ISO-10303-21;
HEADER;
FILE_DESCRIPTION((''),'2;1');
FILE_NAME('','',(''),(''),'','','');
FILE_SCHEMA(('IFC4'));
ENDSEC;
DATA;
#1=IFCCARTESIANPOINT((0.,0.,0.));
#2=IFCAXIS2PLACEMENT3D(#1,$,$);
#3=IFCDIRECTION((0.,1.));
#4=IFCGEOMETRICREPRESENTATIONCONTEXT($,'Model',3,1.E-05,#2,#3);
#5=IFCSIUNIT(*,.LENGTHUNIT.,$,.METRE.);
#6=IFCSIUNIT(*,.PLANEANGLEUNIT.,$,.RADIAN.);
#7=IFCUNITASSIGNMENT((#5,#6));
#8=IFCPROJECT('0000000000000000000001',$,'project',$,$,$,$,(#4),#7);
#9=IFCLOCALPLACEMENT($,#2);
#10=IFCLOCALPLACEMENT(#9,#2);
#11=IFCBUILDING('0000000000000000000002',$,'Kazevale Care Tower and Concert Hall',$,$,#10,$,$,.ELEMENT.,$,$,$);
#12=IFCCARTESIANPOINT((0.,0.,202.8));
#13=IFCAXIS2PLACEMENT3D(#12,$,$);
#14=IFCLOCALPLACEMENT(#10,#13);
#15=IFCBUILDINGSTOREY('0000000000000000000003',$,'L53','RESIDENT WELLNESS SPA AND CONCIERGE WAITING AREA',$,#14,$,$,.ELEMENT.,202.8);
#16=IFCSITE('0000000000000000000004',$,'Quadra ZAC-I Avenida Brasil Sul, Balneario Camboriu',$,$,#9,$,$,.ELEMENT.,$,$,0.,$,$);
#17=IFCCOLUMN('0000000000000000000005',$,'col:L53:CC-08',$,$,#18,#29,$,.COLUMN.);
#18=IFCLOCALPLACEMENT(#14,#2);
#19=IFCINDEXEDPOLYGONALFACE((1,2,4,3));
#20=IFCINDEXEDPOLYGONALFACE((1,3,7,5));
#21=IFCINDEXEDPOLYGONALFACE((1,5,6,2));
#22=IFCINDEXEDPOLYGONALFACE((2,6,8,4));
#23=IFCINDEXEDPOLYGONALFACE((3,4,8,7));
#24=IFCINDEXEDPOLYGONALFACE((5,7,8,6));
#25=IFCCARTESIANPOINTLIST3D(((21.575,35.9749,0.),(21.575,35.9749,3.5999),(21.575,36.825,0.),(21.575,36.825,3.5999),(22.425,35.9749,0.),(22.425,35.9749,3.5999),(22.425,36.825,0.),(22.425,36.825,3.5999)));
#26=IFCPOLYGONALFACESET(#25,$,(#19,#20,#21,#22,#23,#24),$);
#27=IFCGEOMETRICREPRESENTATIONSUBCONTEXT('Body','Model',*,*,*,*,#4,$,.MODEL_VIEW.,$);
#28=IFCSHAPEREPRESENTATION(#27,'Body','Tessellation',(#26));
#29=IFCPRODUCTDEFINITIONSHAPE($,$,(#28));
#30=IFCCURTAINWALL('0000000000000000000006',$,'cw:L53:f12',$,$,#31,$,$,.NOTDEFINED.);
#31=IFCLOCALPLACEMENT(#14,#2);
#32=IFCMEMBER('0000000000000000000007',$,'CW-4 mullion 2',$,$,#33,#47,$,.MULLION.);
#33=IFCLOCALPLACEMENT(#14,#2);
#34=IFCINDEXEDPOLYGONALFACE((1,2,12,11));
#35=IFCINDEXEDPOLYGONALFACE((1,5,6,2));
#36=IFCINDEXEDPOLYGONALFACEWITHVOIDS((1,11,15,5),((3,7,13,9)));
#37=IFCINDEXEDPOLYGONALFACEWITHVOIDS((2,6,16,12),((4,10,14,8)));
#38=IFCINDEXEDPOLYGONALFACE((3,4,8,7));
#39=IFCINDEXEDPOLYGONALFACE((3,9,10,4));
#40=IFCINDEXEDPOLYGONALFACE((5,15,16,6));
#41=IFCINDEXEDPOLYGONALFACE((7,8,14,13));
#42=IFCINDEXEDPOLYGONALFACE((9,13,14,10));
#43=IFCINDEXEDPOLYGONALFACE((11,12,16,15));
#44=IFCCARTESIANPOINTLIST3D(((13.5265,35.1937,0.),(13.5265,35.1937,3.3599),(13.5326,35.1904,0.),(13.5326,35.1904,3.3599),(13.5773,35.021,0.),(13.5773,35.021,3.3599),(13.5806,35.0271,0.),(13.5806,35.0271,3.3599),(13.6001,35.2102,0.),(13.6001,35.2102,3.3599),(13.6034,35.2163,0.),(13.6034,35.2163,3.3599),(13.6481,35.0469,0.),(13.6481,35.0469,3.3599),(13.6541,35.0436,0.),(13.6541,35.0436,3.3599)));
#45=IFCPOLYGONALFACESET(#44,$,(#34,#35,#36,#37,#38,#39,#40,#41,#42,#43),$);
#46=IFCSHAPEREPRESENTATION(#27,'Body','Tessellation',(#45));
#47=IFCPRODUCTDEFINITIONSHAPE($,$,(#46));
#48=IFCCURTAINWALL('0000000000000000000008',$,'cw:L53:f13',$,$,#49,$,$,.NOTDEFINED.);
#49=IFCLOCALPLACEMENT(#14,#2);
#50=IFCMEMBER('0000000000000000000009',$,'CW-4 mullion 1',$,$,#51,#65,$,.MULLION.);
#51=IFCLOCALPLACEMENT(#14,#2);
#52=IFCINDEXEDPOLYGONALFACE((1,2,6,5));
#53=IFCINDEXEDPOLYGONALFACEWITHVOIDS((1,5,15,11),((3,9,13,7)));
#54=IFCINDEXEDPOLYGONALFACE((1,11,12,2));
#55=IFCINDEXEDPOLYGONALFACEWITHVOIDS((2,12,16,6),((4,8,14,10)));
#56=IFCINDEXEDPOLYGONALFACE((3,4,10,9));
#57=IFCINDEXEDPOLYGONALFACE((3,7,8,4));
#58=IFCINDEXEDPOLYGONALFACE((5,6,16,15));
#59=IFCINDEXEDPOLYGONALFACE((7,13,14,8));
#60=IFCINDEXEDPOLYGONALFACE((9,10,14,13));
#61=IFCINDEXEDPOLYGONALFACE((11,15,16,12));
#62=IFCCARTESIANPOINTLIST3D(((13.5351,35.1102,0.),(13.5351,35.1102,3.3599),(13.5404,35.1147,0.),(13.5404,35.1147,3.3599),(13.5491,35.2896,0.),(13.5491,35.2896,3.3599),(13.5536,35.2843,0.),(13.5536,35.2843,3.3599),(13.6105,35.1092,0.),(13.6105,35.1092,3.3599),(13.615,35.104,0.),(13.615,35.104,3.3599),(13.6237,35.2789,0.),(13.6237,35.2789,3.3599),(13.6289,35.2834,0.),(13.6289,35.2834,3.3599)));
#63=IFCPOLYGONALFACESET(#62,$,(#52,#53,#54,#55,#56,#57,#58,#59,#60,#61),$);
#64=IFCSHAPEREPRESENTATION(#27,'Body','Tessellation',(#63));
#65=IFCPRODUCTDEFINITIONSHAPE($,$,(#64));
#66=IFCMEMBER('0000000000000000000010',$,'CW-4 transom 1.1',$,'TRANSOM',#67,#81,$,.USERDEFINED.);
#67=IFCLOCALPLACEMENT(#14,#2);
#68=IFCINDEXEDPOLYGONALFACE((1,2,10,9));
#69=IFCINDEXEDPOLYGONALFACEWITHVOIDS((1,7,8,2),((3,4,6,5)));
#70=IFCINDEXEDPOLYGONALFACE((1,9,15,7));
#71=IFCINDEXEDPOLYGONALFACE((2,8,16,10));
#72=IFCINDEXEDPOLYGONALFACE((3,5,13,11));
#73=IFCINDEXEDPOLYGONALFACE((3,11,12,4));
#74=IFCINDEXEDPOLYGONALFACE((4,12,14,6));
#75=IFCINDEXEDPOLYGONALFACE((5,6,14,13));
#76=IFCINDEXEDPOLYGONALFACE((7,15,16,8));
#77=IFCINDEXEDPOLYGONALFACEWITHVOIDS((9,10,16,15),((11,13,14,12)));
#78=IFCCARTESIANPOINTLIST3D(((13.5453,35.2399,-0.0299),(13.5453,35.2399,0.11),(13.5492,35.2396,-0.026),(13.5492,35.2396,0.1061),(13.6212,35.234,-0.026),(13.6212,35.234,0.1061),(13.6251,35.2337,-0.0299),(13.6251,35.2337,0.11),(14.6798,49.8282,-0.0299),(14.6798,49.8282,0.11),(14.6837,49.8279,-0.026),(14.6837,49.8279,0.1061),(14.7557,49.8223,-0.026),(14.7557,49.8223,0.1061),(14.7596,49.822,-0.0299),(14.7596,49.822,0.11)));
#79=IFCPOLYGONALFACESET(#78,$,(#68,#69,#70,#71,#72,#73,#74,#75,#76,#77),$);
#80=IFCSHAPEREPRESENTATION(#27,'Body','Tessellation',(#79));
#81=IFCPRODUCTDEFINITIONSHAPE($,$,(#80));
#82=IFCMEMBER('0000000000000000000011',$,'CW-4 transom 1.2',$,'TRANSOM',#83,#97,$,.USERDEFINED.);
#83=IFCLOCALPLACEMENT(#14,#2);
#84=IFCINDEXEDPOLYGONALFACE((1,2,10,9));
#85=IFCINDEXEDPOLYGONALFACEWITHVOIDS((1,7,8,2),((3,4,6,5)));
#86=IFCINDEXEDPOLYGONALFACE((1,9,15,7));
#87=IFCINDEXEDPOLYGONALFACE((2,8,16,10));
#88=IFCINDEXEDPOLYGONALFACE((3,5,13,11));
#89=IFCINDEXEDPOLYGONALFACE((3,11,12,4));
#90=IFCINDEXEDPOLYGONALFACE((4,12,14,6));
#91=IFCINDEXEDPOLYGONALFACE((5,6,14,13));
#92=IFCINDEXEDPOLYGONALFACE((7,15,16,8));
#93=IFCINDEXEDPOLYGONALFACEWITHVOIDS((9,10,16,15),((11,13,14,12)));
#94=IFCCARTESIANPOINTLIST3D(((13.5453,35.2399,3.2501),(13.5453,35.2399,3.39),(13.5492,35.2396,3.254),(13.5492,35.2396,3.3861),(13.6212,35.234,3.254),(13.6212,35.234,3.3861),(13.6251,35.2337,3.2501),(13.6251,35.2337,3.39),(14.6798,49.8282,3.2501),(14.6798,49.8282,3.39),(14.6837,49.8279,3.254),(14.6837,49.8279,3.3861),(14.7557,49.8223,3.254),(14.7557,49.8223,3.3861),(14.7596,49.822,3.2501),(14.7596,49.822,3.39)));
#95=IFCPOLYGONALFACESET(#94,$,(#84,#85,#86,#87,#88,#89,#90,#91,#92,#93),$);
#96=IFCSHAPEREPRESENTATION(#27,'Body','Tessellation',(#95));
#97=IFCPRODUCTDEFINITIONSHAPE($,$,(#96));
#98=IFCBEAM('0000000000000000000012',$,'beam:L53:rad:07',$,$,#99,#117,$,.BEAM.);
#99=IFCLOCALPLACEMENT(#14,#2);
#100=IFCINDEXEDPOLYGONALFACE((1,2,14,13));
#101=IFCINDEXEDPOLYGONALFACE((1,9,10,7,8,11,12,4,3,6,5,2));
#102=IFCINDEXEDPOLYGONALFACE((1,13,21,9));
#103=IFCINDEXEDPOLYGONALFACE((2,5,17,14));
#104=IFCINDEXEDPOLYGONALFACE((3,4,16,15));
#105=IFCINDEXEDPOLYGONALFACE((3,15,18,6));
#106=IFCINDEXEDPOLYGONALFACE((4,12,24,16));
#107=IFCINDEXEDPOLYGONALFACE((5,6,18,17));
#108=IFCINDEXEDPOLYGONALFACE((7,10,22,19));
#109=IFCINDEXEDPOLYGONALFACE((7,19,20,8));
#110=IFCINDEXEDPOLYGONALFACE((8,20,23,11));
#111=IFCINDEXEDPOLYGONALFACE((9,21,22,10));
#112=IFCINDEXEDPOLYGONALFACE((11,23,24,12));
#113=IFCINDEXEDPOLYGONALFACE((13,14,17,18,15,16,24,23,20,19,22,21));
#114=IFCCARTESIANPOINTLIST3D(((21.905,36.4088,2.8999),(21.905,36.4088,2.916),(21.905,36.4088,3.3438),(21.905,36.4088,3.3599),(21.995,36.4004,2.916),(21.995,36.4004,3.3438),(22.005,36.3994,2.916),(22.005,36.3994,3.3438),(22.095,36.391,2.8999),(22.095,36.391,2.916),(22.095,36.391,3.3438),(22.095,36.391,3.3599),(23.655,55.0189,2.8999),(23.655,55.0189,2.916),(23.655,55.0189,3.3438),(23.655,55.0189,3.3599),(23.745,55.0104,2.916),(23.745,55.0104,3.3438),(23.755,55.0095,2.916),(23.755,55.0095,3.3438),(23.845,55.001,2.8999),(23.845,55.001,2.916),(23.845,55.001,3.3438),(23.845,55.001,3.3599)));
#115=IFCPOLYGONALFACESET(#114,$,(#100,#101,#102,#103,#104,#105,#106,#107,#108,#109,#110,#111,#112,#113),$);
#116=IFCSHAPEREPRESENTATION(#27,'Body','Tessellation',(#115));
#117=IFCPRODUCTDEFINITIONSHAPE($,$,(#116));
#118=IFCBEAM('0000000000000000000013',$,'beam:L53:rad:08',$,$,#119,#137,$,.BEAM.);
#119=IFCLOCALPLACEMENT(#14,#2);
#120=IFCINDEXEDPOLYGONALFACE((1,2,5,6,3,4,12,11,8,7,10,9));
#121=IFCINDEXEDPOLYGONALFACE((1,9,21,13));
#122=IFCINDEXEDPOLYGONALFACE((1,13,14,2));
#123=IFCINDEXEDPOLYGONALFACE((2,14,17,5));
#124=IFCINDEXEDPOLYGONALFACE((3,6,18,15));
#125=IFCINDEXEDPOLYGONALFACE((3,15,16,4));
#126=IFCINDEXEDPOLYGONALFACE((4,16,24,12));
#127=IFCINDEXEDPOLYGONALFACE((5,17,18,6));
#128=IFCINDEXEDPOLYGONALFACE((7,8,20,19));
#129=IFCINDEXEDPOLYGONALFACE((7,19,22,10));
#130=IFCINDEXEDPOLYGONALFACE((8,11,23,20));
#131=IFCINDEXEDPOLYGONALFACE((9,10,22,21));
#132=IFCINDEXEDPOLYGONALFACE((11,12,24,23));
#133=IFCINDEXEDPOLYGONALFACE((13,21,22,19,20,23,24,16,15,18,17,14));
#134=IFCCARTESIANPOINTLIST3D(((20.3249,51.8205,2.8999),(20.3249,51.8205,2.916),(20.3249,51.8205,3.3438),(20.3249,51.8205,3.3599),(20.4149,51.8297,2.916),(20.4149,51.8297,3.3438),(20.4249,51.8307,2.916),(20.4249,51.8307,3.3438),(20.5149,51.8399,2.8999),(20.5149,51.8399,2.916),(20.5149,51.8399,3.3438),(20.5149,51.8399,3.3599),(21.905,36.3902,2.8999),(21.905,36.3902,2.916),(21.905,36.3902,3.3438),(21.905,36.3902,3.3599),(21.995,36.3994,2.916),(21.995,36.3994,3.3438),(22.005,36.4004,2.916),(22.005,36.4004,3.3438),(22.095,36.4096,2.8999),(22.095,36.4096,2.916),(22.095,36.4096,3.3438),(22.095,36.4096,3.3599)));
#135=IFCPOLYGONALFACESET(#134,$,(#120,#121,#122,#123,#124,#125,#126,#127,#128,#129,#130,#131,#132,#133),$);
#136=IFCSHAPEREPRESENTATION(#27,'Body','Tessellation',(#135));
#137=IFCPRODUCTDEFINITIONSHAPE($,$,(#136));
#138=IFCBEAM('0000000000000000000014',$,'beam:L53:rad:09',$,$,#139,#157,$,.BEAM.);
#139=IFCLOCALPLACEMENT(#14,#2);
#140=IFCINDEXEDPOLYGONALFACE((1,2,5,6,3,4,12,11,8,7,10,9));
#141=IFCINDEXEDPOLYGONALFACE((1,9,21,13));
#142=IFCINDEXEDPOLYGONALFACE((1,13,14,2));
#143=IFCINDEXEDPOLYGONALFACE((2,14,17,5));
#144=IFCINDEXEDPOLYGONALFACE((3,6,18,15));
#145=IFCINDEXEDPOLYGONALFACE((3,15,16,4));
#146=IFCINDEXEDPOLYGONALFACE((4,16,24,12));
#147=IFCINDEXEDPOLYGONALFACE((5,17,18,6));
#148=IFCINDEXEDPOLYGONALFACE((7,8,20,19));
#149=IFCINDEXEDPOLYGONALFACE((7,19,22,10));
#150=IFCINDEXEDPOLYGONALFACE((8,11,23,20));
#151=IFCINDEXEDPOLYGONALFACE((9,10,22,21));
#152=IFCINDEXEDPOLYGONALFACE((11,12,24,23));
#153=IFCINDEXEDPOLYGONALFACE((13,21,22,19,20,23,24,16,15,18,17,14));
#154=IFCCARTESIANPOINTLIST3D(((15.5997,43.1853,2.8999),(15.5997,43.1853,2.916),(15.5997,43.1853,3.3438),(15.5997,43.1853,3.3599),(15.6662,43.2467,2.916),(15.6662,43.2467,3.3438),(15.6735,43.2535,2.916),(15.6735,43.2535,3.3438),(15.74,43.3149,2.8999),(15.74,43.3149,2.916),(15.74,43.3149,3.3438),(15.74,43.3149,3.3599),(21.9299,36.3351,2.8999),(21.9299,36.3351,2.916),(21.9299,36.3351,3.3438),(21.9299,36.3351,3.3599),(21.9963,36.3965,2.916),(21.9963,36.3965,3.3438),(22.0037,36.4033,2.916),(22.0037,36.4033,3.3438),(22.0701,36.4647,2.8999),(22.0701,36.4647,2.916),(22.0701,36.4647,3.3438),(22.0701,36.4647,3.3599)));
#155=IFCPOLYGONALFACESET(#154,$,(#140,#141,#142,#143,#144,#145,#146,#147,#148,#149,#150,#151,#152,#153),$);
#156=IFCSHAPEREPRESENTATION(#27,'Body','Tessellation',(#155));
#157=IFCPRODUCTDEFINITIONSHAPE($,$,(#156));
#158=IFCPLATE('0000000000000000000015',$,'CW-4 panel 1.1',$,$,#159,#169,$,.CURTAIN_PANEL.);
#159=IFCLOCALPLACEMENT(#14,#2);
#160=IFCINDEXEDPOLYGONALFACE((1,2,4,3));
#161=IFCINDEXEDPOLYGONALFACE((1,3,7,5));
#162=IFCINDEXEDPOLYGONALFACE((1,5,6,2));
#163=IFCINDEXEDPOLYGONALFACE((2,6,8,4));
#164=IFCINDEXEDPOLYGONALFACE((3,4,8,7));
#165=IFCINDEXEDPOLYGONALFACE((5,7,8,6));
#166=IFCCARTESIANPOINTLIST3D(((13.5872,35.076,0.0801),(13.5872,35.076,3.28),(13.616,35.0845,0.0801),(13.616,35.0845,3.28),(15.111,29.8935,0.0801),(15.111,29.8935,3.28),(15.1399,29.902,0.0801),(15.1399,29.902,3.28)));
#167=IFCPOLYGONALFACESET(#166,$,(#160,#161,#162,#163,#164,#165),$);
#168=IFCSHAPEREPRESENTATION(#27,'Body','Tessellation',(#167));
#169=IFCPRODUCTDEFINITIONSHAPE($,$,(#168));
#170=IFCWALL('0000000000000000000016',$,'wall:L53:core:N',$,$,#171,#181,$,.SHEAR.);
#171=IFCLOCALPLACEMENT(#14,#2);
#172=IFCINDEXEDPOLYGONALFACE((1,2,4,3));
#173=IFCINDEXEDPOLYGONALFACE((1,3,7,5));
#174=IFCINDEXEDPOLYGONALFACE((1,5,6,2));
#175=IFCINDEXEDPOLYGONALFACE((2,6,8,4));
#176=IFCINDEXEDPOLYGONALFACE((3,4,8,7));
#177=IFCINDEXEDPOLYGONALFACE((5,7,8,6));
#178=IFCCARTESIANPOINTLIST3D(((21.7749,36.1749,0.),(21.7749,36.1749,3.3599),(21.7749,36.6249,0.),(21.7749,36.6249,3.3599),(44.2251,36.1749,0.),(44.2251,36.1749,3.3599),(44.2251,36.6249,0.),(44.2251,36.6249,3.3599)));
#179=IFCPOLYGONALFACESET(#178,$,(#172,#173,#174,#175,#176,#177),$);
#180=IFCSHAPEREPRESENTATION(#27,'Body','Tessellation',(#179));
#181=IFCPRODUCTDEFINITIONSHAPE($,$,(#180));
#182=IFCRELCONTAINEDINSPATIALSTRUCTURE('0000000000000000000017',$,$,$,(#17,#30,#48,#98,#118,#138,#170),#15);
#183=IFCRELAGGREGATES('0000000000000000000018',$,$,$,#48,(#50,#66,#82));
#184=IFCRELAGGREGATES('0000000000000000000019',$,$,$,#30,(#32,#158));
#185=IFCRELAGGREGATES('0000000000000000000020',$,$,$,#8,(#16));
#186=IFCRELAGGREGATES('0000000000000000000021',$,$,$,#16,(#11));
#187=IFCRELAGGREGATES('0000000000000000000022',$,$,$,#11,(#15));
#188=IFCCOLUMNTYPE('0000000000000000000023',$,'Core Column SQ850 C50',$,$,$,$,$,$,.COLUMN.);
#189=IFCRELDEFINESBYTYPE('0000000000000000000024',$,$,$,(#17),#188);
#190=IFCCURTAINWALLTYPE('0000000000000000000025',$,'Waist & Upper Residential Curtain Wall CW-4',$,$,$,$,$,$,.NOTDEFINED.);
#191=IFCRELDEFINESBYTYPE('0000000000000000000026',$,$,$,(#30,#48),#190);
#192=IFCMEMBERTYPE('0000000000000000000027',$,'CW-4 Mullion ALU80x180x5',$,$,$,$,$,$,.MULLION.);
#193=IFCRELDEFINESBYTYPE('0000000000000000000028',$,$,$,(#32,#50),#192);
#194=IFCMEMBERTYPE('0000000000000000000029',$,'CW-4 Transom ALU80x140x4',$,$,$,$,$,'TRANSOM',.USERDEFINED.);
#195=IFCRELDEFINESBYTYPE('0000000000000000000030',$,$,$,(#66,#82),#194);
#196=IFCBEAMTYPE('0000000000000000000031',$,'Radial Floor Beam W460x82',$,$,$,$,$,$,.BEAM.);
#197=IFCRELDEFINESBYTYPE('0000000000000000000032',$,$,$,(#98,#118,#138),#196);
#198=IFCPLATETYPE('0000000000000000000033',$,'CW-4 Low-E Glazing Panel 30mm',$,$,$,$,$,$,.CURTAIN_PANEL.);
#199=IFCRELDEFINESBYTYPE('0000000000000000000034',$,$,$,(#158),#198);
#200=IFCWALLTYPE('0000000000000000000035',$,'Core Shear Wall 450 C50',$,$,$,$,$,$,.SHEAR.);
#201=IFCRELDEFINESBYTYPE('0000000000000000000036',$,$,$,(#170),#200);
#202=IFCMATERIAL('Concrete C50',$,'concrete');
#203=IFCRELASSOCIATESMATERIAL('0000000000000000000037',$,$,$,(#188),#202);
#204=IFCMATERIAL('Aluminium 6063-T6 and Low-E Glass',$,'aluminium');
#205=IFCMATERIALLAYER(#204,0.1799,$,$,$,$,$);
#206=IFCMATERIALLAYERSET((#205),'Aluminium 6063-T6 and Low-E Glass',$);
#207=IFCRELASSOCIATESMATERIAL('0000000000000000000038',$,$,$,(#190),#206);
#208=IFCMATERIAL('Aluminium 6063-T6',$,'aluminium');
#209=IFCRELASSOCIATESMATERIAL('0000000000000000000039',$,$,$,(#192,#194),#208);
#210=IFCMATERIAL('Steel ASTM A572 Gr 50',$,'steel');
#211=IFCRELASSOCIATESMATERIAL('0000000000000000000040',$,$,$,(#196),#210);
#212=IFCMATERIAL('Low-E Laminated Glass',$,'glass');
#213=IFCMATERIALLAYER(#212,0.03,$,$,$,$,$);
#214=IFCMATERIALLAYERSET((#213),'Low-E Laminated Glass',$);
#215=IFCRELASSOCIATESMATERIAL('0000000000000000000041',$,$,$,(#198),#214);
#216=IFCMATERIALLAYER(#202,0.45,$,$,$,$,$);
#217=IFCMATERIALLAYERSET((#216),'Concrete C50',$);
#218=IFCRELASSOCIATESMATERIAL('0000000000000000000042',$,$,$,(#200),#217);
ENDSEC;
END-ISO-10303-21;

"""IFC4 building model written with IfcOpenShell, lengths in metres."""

from ifc_helpers import new_model, si_unit, direction, frame, frame_2d, origin, origin_2d, place, context, subcontext, project, spatial, rectangle, hollow_rectangle, i_section, extrude, material, layer, layer_set, material_profile, profile_set, type_object, element, aggregate, save


model = new_model("IFC4")

# Units and contexts
model_context = context("Model", 3, precision=1e-05, world=origin(), true_north=direction((0.0, 1.0)))
body_context = subcontext(model_context, "Body", "Model", "MODEL_VIEW")
ifc_project = project(units=[si_unit("LENGTHUNIT", "METRE"), si_unit("PLANEANGLEUNIT", "RADIAN")], contexts=[model_context])

# Site, building, storey
site_placement = place(None, origin())
site = spatial("IfcSite", under=ifc_project, at=site_placement, Name="Quadra ZAC-I Avenida Brasil Sul, Balneario Camboriu", CompositionType="ELEMENT", RefElevation=0.0)
building_placement = place(site_placement, origin())
building = spatial("IfcBuilding", under=site, at=building_placement, Name="Kazevale Care Tower and Concert Hall", CompositionType="ELEMENT")
storey_placement = place(building_placement, frame((0.0, 0.0, 202.8)))
storey = spatial("IfcBuildingStorey", under=building, at=storey_placement, Name="L53", Description="RESIDENT WELLNESS SPA AND CONCIERGE WAITING AREA", CompositionType="ELEMENT", Elevation=202.8)

# Column
ifc_material_1 = material(Name="Concrete C50", Category="concrete")
ifc_material_profile_1 = material_profile(ifc_material_1, rectangle(XDim=0.8501, YDim=0.8501, at=origin_2d()), Name="RC-SQ850")
ifc_profile_set_1 = profile_set([ifc_material_profile_1], Name="Concrete C50")
column_type = type_object("IfcColumnType", Name="Core Column SQ850 C50", PredefinedType="COLUMN", material=ifc_profile_set_1)
column_placement = place(storey_placement, frame((22.0, 36.3999, 0.0), z_axis=(0.0, 0.0, 1.0), x_axis=(1.0, 0.0, 0.0)))
element("IfcColumn", 1, at=column_placement, inside=storey, type_object=column_type, Name="col:L53:CC-08", PredefinedType="COLUMN", context=body_context, shape_type="SweptSolid", body=[
    extrude(rectangle(XDim=0.8501, YDim=0.8501, at=origin_2d()), origin(), (0.0, 0.0, 1.0), 3.5999),
])

# Curtain wall, member
ifc_material_2 = material(Name="Aluminium 6063-T6 and Low-E Glass", Category="aluminium")
ifc_layer_1 = layer(ifc_material_2, 0.1799)
ifc_layer_set_1 = layer_set([ifc_layer_1], Name="Aluminium 6063-T6 and Low-E Glass")
curtain_wall_type = type_object("IfcCurtainWallType", Name="Waist & Upper Residential Curtain Wall CW-4", PredefinedType="NOTDEFINED", material=ifc_layer_set_1)
curtain_wall_1_placement = place(storey_placement, origin())
curtain_wall_1 = element("IfcCurtainWall", 2, at=curtain_wall_1_placement, inside=storey, type_object=curtain_wall_type, Name="cw:L53:f12", PredefinedType="NOTDEFINED")
ifc_material_3 = material(Name="Aluminium 6063-T6", Category="aluminium")
ifc_material_profile_2 = material_profile(ifc_material_3, hollow_rectangle(XDim=0.0801, YDim=0.1799, WallThickness=0.0049, at=origin_2d()), Name="ALU80x180x5")
ifc_profile_set_2 = profile_set([ifc_material_profile_2], Name="Aluminium 6063-T6")
member_type_1 = type_object("IfcMemberType", Name="CW-4 Mullion ALU80x180x5", PredefinedType="MULLION", material=ifc_profile_set_2)
member_1_placement = place(storey_placement, frame((13.5903, 35.1187, 0.0), z_axis=(0.0, 0.0, 1.0), x_axis=(-0.959386, -0.282098, 0.0)))
member_1 = element("IfcMember", 3, at=member_1_placement, type_object=member_type_1, Name="CW-4 mullion 2", PredefinedType="MULLION", context=body_context, shape_type="SweptSolid", body=[
    extrude(hollow_rectangle(XDim=0.0801, YDim=0.1799, WallThickness=0.0049, at=origin_2d()), origin(), (0.0, 0.0, 1.0), 3.3599),
])

# Curtain wall, members
curtain_wall_2_placement = place(storey_placement, origin())
curtain_wall_2 = element("IfcCurtainWall", 4, at=curtain_wall_2_placement, inside=storey, type_object=curtain_wall_type, Name="cw:L53:f13", PredefinedType="NOTDEFINED")
member_2_placement = place(storey_placement, frame((13.582, 35.1968, 0.0), z_axis=(0.0, 0.0, 1.0), x_axis=(-0.996989, 0.077539, 0.0)))
member_2 = element("IfcMember", 5, at=member_2_placement, type_object=member_type_1, Name="CW-4 mullion 1", PredefinedType="MULLION", context=body_context, shape_type="SweptSolid", body=[
    extrude(hollow_rectangle(XDim=0.0801, YDim=0.1799, WallThickness=0.0049, at=origin_2d()), origin(), (0.0, 0.0, 1.0), 3.3599),
])
ifc_material_profile_3 = material_profile(ifc_material_3, hollow_rectangle(XDim=0.0801, YDim=0.1399, WallThickness=0.0039, at=origin_2d()), Name="ALU80x140x4")
ifc_profile_set_3 = profile_set([ifc_material_profile_3], Name="Aluminium 6063-T6")
member_type_2 = type_object("IfcMemberType", Name="CW-4 Transom ALU80x140x4", ElementType="TRANSOM", PredefinedType="USERDEFINED", material=ifc_profile_set_3)
member_3_placement = place(storey_placement, frame((13.5852, 35.2368, 0.04), z_axis=(0.077535, 0.99699, 0.0), x_axis=(-0.99699, 0.077535, 0.0)))
member_3 = element("IfcMember", 6, at=member_3_placement, type_object=member_type_2, Name="CW-4 transom 1.1", ObjectType="TRANSOM", PredefinedType="USERDEFINED", context=body_context, shape_type="SweptSolid", body=[
    extrude(hollow_rectangle(XDim=0.0801, YDim=0.1399, WallThickness=0.0039, at=origin_2d()), origin(), (0.0, 0.0, 1.0), 14.6323),
])
member_4_placement = place(storey_placement, frame((13.5852, 35.2368, 3.3201), z_axis=(0.077535, 0.99699, 0.0), x_axis=(-0.99699, 0.077535, 0.0)))
member_4 = element("IfcMember", 7, at=member_4_placement, type_object=member_type_2, Name="CW-4 transom 1.2", ObjectType="TRANSOM", PredefinedType="USERDEFINED", context=body_context, shape_type="SweptSolid", body=[
    extrude(hollow_rectangle(XDim=0.0801, YDim=0.1399, WallThickness=0.0039, at=origin_2d()), origin(), (0.0, 0.0, 1.0), 14.6323),
])
aggregate(curtain_wall_2, [member_2, member_3, member_4])

# Beams
ifc_material_4 = material(Name="Steel ASTM A572 Gr 50", Category="steel")
ifc_material_profile_4 = material_profile(ifc_material_4, i_section(OverallWidth=0.1909, OverallDepth=0.46, WebThickness=0.01, FlangeThickness=0.0161, at=origin_2d()), Name="W460x82")
ifc_profile_set_4 = profile_set([ifc_material_profile_4], Name="Steel ASTM A572 Gr 50")
beam_type = type_object("IfcBeamType", Name="Radial Floor Beam W460x82", PredefinedType="BEAM", material=ifc_profile_set_4)
beam_1_placement = place(storey_placement, frame((22.0, 36.3999, 3.1299), z_axis=(0.093622, 0.995608, 0.0), x_axis=(-0.995608, 0.093622, 0.0)))
element("IfcBeam", 8, at=beam_1_placement, inside=storey, type_object=beam_type, Name="beam:L53:rad:07", PredefinedType="BEAM", context=body_context, shape_type="SweptSolid", body=[
    extrude(i_section(OverallWidth=0.1909, OverallDepth=0.46, WebThickness=0.01, FlangeThickness=0.0161, at=origin_2d()), origin(), (0.0, 0.0, 1.0), 18.6921),
])
beam_2_placement = place(storey_placement, frame((22.0, 36.3999, 3.1299), z_axis=(-0.101869, 0.994798, 0.0), x_axis=(-0.994798, -0.101869, 0.0)))
element("IfcBeam", 9, at=beam_2_placement, inside=storey, type_object=beam_type, Name="beam:L53:rad:08", PredefinedType="BEAM", context=body_context, shape_type="SweptSolid", body=[
    extrude(i_section(OverallWidth=0.1909, OverallDepth=0.46, WebThickness=0.01, FlangeThickness=0.0161, at=origin_2d()), origin(), (0.0, 0.0, 1.0), 15.511),
])
beam_3_placement = place(storey_placement, frame((22.0, 36.3999, 3.1299), z_axis=(-0.67868, 0.734434, 0.0), x_axis=(-0.734434, -0.67868, 0.0)))
element("IfcBeam", 10, at=beam_3_placement, inside=storey, type_object=beam_type, Name="beam:L53:rad:09", PredefinedType="BEAM", context=body_context, shape_type="SweptSolid", body=[
    extrude(i_section(OverallWidth=0.1909, OverallDepth=0.46, WebThickness=0.01, FlangeThickness=0.0161, at=origin_2d()), origin(), (0.0, 0.0, 1.0), 9.3271),
])

# Plate
ifc_material_5 = material(Name="Low-E Laminated Glass", Category="glass")
ifc_layer_2 = layer(ifc_material_5, 0.03)
ifc_layer_set_2 = layer_set([ifc_layer_2], Name="Low-E Laminated Glass")
plate_type = type_object("IfcPlateType", Name="CW-4 Low-E Glazing Panel 30mm", PredefinedType="CURTAIN_PANEL", material=ifc_layer_set_2)
plate_placement = place(storey_placement, frame((14.3635, 32.489, 0.0801), z_axis=(0.0, 0.0, 1.0), x_axis=(-0.282098, 0.959386, 0.0)))
plate = element("IfcPlate", 11, at=plate_placement, type_object=plate_type, Name="CW-4 panel 1.1", PredefinedType="CURTAIN_PANEL", context=body_context, shape_type="SweptSolid", body=[
    extrude(rectangle(XDim=5.4019, YDim=0.03, at=origin_2d()), origin(), (0.0, 0.0, 1.0), 3.2),
])
aggregate(curtain_wall_1, [member_1, plate])

# Wall
ifc_layer_3 = layer(ifc_material_1, 0.45)
ifc_layer_set_3 = layer_set([ifc_layer_3], Name="Concrete C50")
wall_type_1 = type_object("IfcWallType", Name="Core Shear Wall 450 C50", PredefinedType="SHEAR", material=ifc_layer_set_3)
wall_1_placement = place(storey_placement, frame((21.7749, 36.3999, 0.0), z_axis=(0.0, 0.0, 1.0), x_axis=(1.0, 0.0, 0.0)))
element("IfcWall", 12, at=wall_1_placement, inside=storey, type_object=wall_type_1, Name="wall:L53:core:N", PredefinedType="SHEAR", context=body_context, shape_type="SweptSolid", body=[
    extrude(rectangle(XDim=22.4502, YDim=0.45, at=frame_2d((11.2251, 0.0))), origin(), (0.0, 0.0, 1.0), 3.3599),
])

save(model, "model.ifc")
